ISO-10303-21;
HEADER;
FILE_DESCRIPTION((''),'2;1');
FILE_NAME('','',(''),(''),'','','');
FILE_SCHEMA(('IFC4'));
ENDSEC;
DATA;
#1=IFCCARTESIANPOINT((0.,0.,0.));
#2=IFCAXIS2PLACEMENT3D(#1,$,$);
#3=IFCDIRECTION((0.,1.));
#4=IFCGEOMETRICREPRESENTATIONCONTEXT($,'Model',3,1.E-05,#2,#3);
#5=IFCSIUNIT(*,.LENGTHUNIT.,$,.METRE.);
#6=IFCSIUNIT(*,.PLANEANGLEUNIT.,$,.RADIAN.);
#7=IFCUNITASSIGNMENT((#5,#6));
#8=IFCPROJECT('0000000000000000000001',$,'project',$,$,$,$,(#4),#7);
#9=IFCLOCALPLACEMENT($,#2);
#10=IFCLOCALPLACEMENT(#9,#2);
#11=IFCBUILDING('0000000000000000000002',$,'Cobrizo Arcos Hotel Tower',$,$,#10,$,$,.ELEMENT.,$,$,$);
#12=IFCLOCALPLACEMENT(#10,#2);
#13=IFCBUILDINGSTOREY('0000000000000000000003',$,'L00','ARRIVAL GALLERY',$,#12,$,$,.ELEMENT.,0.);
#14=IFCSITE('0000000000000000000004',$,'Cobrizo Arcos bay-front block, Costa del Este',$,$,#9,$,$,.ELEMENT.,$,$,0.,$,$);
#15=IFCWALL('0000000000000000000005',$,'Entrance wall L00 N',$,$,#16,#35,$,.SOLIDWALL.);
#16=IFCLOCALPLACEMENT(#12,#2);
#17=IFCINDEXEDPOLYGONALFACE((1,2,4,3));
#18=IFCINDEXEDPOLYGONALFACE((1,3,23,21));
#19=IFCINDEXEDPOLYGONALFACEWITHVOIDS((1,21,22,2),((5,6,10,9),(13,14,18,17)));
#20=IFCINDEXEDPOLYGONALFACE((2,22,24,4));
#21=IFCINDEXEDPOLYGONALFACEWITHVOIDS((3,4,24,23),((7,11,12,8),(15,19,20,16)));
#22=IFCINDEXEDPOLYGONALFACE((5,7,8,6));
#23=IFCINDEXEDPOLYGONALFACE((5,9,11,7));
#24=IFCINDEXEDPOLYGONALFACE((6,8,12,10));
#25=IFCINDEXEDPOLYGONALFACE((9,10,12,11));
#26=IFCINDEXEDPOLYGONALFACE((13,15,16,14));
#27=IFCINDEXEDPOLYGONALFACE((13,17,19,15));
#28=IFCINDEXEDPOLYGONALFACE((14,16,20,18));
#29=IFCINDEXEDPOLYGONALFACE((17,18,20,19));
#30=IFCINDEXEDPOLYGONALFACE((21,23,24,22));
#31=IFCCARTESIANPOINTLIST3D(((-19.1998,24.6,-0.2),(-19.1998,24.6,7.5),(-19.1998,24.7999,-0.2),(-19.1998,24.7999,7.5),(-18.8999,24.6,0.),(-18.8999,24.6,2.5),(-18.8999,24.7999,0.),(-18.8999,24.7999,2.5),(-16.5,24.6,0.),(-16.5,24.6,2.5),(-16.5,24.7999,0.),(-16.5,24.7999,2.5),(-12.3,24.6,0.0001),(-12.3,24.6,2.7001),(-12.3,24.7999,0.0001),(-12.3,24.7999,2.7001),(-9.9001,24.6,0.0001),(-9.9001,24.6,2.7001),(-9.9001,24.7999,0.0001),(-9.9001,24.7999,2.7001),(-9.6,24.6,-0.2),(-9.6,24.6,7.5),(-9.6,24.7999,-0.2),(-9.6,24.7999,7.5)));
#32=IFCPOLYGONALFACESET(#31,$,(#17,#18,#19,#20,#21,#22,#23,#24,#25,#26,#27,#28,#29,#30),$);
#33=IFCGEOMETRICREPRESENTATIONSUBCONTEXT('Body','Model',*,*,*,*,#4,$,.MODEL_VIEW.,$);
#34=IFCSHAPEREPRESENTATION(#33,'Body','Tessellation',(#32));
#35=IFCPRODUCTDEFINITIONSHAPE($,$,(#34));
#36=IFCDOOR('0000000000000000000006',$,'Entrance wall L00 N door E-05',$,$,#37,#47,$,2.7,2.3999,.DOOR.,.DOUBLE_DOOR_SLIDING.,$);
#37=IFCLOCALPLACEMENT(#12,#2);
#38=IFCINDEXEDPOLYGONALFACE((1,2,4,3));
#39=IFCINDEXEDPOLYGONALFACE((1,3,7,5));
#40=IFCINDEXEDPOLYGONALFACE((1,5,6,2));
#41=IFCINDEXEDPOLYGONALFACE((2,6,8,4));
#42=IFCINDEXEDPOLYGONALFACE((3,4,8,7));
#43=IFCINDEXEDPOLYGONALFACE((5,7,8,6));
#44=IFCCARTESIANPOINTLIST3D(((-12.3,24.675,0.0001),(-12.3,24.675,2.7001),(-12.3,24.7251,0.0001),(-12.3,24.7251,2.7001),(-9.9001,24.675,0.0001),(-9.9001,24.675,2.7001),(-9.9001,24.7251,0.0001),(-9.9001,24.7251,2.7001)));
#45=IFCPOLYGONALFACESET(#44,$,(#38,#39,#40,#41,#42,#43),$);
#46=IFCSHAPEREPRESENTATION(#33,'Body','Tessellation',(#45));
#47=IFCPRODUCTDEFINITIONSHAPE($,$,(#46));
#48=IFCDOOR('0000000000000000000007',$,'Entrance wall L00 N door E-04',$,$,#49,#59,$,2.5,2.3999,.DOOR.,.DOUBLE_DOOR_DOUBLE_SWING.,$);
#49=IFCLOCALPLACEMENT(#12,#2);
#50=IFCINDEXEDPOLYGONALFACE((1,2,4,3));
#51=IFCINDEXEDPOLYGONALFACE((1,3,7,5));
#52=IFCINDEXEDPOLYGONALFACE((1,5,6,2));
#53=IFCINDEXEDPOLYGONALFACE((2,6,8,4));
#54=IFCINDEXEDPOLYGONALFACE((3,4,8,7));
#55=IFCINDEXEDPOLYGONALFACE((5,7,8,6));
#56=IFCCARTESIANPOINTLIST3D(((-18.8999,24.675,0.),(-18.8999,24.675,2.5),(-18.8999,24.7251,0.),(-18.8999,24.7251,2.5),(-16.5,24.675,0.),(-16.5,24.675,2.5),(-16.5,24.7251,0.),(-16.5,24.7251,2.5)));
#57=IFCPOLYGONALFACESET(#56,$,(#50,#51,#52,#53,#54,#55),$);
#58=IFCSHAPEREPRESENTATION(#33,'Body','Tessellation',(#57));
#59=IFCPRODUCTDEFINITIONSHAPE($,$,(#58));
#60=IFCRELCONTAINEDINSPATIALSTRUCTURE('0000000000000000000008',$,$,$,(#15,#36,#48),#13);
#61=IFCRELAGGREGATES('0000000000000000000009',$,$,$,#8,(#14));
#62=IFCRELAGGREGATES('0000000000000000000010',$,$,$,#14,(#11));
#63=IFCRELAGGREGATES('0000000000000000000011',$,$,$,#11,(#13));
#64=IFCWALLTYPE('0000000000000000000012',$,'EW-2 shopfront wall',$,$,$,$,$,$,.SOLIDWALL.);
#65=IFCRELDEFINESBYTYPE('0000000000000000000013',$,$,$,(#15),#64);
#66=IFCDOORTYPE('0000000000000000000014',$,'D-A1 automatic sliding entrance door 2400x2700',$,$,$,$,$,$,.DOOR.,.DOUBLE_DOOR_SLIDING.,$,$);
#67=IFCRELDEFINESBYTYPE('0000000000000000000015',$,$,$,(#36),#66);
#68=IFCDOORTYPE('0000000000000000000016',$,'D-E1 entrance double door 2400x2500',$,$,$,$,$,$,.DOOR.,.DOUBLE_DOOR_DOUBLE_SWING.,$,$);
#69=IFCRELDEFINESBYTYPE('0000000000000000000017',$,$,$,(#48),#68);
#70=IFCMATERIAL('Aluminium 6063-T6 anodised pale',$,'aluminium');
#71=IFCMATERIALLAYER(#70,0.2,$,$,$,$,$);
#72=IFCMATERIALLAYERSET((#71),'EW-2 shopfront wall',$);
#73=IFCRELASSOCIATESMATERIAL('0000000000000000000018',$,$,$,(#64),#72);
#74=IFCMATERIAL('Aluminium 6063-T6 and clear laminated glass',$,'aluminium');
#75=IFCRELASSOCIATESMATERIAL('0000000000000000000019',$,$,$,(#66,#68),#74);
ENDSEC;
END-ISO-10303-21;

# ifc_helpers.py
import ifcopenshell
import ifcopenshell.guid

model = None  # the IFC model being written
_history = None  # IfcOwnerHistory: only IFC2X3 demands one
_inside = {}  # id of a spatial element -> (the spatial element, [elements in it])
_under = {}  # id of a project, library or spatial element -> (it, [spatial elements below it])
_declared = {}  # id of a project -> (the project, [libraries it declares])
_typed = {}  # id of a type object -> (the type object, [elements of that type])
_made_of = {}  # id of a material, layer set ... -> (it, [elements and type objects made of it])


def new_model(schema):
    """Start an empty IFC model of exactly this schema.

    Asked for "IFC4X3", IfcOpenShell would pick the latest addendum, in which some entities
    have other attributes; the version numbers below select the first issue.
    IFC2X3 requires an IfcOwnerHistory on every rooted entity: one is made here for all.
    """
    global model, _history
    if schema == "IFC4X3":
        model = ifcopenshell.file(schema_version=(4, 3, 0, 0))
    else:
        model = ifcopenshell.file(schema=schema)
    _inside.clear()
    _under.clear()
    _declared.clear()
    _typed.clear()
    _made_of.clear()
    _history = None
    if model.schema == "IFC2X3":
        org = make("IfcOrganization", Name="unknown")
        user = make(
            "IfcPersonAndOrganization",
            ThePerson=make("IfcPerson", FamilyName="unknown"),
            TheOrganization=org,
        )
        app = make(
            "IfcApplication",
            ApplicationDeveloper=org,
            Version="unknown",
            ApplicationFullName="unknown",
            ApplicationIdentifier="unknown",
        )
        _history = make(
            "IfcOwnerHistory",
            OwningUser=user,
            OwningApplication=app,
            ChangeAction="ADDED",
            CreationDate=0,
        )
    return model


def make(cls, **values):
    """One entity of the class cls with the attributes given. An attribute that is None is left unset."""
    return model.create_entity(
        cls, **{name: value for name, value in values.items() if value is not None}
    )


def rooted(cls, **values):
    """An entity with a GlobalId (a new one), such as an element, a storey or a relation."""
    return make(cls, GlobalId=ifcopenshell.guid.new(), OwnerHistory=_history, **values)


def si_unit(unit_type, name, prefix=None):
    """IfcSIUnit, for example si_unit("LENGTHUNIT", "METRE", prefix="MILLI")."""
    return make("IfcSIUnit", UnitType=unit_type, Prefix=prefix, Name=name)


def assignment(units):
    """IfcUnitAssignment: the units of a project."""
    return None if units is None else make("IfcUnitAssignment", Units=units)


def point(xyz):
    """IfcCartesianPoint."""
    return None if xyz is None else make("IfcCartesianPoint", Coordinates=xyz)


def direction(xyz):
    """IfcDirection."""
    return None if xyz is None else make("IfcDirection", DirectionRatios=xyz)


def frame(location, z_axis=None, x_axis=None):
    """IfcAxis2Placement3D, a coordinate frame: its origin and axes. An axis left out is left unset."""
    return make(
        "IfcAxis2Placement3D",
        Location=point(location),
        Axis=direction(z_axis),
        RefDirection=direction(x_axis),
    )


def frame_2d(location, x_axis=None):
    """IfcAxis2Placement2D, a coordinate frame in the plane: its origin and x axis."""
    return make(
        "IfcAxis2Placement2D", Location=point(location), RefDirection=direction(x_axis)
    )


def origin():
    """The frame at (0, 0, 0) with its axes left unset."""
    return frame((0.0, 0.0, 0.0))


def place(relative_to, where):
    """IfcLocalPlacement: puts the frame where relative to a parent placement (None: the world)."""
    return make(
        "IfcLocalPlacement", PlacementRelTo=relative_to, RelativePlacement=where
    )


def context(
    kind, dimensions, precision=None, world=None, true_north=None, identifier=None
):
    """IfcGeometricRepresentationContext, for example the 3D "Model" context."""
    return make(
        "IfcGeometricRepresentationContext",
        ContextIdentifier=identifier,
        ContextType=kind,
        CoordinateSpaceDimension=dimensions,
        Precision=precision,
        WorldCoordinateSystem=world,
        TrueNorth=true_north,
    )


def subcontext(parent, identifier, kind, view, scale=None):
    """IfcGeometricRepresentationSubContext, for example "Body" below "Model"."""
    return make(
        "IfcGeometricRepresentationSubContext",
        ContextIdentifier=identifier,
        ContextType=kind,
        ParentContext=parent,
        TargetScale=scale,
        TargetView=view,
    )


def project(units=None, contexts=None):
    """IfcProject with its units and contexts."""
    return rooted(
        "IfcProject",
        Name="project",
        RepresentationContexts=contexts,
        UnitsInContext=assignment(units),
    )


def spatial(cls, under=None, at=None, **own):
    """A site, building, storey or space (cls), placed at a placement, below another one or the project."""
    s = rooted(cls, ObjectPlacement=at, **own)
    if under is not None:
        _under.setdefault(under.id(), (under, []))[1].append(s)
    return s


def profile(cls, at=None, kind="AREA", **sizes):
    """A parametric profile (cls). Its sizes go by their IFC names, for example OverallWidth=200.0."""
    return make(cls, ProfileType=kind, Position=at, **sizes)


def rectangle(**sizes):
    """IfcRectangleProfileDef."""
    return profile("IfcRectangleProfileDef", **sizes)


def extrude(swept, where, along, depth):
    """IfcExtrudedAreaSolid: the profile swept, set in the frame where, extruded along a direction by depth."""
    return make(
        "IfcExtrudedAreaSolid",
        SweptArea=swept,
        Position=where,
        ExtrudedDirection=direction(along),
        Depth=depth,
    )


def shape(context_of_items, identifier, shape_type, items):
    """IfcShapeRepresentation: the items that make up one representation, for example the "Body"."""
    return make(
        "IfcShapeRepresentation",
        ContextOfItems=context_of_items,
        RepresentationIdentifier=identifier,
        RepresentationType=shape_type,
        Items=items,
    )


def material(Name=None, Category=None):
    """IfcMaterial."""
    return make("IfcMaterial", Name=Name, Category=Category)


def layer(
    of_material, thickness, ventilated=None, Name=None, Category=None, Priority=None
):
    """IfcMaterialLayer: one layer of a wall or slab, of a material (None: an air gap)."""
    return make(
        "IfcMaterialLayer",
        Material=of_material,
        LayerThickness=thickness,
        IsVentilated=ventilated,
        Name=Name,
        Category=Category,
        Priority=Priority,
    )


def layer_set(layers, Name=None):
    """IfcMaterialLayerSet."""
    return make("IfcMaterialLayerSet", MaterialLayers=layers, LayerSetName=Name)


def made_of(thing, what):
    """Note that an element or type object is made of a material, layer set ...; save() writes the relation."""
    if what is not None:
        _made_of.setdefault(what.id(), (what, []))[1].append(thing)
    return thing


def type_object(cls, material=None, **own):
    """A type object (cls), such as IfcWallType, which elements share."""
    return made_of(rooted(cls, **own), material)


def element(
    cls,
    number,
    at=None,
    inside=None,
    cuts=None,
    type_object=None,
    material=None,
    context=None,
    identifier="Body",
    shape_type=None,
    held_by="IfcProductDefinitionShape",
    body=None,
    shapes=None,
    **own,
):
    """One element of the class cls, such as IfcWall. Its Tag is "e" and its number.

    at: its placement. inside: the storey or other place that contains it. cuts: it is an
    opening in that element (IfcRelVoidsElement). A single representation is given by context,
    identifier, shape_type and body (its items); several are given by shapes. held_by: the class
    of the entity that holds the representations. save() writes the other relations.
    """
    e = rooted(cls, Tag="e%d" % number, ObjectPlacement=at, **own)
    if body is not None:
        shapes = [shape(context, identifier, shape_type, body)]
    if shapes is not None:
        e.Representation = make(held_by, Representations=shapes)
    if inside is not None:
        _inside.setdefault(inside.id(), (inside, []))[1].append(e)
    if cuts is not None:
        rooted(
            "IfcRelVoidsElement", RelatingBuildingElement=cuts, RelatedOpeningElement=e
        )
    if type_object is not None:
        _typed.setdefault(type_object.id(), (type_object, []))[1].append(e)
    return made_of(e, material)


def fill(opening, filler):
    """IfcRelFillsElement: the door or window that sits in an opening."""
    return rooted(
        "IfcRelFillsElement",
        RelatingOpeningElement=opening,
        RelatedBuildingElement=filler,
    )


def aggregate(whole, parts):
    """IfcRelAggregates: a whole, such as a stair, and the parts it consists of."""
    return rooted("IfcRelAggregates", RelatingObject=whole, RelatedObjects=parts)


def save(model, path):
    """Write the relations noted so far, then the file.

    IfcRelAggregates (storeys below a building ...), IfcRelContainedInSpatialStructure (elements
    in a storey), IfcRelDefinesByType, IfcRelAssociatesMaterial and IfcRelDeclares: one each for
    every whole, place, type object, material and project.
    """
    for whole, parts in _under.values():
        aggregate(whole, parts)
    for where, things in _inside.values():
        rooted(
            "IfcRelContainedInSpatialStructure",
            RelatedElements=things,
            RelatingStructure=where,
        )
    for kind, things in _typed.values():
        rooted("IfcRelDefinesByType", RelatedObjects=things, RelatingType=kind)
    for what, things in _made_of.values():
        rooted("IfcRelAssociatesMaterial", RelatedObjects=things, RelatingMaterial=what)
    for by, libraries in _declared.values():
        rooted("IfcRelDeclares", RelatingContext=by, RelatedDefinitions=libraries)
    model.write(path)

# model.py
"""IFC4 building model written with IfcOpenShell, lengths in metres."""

from ifc_helpers import new_model, si_unit, direction, frame, frame_2d, origin, place, context, subcontext, project, spatial, rectangle, extrude, material, layer, layer_set, type_object, element, fill, save


model = new_model("IFC4")

# Units and contexts
model_context = context("Model", 3, precision=1e-05, world=origin(), true_north=direction((0.0, 1.0)))
body_context = subcontext(model_context, "Body", "Model", "MODEL_VIEW")
ifc_project = project(units=[si_unit("LENGTHUNIT", "METRE"), si_unit("PLANEANGLEUNIT", "RADIAN")], contexts=[model_context])

# Site, building, storey
site_placement = place(None, origin())
site = spatial("IfcSite", under=ifc_project, at=site_placement, Name="Cobrizo Arcos bay-front block, Costa del Este", CompositionType="ELEMENT", RefElevation=0.0)
building_placement = place(site_placement, origin())
building = spatial("IfcBuilding", under=site, at=building_placement, Name="Cobrizo Arcos Hotel Tower", CompositionType="ELEMENT")
storey_placement = place(building_placement, origin())
storey = spatial("IfcBuildingStorey", under=building, at=storey_placement, Name="L00", Description="ARRIVAL GALLERY", CompositionType="ELEMENT", Elevation=0.0)

# Wall, openings, doors
ifc_material_1 = material(Name="Aluminium 6063-T6 anodised pale", Category="aluminium")
ifc_layer_1 = layer(ifc_material_1, 0.2)
ifc_layer_set_1 = layer_set([ifc_layer_1], Name="EW-2 shopfront wall")
wall_type = type_object("IfcWallType", Name="EW-2 shopfront wall", PredefinedType="SOLIDWALL", material=ifc_layer_set_1)
wall_placement = place(storey_placement, frame((-9.6001, 24.7, -0.2), z_axis=(0.0, 0.0, 1.0), x_axis=(-1.0, 0.0, 0.0)))
wall = element("IfcWall", 1, at=wall_placement, inside=storey, type_object=wall_type, Name="Entrance wall L00 N", PredefinedType="SOLIDWALL", context=body_context, shape_type="SweptSolid", body=[
    extrude(rectangle(XDim=9.5999, YDim=0.2, at=frame_2d((4.7998, 0.0))), origin(), (0.0, 0.0, 1.0), 7.7),
])
opening_1_placement = place(wall_placement, frame((6.8999, 0.0, 0.2)))
opening_1 = element("IfcOpeningElement", 2, at=opening_1_placement, cuts=wall, PredefinedType="OPENING", context=body_context, shape_type="SweptSolid", body=[
    extrude(rectangle(XDim=2.3999, YDim=2.5, at=frame_2d((1.2, 1.25))), frame((0.0, 0.1121, 0.0), z_axis=(0.0, -1.0, 0.0), x_axis=(1.0, 0.0, 0.0)), (0.0, 0.0, 1.0), 0.2239),
])
opening_2_placement = place(wall_placement, frame((0.3, 0.0, 0.2)))
opening_2 = element("IfcOpeningElement", 3, at=opening_2_placement, cuts=wall, PredefinedType="OPENING", context=body_context, shape_type="SweptSolid", body=[
    extrude(rectangle(XDim=2.3999, YDim=2.7, at=frame_2d((1.2, 1.3501))), frame((0.0, 0.1121, 0.0), z_axis=(0.0, -1.0, 0.0), x_axis=(1.0, 0.0, 0.0)), (0.0, 0.0, 1.0), 0.2239),
])
ifc_material_2 = material(Name="Aluminium 6063-T6 and clear laminated glass", Category="aluminium")
door_type_1 = type_object("IfcDoorType", Name="D-A1 automatic sliding entrance door 2400x2700", OperationType="DOUBLE_DOOR_SLIDING", PredefinedType="DOOR", material=ifc_material_2)
door_1_placement = place(opening_2_placement, origin())
door_1 = element("IfcDoor", 4, at=door_1_placement, inside=storey, type_object=door_type_1, Name="Entrance wall L00 N door E-05", OperationType="DOUBLE_DOOR_SLIDING", OverallHeight=2.7, OverallWidth=2.3999, PredefinedType="DOOR", context=body_context, shape_type="SweptSolid", body=[
    extrude(rectangle(XDim=2.3999, YDim=2.7, at=frame_2d((1.2, 1.3501))), frame((0.0, 0.0249, 0.0), z_axis=(0.0, -1.0, 0.0), x_axis=(1.0, 0.0, 0.0)), (0.0, 0.0, 1.0), 0.05),
])
fill(opening_2, door_1)
door_type_2 = type_object("IfcDoorType", Name="D-E1 entrance double door 2400x2500", OperationType="DOUBLE_DOOR_DOUBLE_SWING", PredefinedType="DOOR", material=ifc_material_2)
door_2_placement = place(opening_1_placement, origin())
door_2 = element("IfcDoor", 5, at=door_2_placement, inside=storey, type_object=door_type_2, Name="Entrance wall L00 N door E-04", OperationType="DOUBLE_DOOR_DOUBLE_SWING", OverallHeight=2.5, OverallWidth=2.3999, PredefinedType="DOOR", context=body_context, shape_type="SweptSolid", body=[
    extrude(rectangle(XDim=2.3999, YDim=2.5, at=frame_2d((1.2, 1.25))), frame((0.0, 0.0249, 0.0), z_axis=(0.0, -1.0, 0.0), x_axis=(1.0, 0.0, 0.0)), (0.0, 0.0, 1.0), 0.05),
])
fill(opening_1, door_2)

save(model, "model.ifc")
